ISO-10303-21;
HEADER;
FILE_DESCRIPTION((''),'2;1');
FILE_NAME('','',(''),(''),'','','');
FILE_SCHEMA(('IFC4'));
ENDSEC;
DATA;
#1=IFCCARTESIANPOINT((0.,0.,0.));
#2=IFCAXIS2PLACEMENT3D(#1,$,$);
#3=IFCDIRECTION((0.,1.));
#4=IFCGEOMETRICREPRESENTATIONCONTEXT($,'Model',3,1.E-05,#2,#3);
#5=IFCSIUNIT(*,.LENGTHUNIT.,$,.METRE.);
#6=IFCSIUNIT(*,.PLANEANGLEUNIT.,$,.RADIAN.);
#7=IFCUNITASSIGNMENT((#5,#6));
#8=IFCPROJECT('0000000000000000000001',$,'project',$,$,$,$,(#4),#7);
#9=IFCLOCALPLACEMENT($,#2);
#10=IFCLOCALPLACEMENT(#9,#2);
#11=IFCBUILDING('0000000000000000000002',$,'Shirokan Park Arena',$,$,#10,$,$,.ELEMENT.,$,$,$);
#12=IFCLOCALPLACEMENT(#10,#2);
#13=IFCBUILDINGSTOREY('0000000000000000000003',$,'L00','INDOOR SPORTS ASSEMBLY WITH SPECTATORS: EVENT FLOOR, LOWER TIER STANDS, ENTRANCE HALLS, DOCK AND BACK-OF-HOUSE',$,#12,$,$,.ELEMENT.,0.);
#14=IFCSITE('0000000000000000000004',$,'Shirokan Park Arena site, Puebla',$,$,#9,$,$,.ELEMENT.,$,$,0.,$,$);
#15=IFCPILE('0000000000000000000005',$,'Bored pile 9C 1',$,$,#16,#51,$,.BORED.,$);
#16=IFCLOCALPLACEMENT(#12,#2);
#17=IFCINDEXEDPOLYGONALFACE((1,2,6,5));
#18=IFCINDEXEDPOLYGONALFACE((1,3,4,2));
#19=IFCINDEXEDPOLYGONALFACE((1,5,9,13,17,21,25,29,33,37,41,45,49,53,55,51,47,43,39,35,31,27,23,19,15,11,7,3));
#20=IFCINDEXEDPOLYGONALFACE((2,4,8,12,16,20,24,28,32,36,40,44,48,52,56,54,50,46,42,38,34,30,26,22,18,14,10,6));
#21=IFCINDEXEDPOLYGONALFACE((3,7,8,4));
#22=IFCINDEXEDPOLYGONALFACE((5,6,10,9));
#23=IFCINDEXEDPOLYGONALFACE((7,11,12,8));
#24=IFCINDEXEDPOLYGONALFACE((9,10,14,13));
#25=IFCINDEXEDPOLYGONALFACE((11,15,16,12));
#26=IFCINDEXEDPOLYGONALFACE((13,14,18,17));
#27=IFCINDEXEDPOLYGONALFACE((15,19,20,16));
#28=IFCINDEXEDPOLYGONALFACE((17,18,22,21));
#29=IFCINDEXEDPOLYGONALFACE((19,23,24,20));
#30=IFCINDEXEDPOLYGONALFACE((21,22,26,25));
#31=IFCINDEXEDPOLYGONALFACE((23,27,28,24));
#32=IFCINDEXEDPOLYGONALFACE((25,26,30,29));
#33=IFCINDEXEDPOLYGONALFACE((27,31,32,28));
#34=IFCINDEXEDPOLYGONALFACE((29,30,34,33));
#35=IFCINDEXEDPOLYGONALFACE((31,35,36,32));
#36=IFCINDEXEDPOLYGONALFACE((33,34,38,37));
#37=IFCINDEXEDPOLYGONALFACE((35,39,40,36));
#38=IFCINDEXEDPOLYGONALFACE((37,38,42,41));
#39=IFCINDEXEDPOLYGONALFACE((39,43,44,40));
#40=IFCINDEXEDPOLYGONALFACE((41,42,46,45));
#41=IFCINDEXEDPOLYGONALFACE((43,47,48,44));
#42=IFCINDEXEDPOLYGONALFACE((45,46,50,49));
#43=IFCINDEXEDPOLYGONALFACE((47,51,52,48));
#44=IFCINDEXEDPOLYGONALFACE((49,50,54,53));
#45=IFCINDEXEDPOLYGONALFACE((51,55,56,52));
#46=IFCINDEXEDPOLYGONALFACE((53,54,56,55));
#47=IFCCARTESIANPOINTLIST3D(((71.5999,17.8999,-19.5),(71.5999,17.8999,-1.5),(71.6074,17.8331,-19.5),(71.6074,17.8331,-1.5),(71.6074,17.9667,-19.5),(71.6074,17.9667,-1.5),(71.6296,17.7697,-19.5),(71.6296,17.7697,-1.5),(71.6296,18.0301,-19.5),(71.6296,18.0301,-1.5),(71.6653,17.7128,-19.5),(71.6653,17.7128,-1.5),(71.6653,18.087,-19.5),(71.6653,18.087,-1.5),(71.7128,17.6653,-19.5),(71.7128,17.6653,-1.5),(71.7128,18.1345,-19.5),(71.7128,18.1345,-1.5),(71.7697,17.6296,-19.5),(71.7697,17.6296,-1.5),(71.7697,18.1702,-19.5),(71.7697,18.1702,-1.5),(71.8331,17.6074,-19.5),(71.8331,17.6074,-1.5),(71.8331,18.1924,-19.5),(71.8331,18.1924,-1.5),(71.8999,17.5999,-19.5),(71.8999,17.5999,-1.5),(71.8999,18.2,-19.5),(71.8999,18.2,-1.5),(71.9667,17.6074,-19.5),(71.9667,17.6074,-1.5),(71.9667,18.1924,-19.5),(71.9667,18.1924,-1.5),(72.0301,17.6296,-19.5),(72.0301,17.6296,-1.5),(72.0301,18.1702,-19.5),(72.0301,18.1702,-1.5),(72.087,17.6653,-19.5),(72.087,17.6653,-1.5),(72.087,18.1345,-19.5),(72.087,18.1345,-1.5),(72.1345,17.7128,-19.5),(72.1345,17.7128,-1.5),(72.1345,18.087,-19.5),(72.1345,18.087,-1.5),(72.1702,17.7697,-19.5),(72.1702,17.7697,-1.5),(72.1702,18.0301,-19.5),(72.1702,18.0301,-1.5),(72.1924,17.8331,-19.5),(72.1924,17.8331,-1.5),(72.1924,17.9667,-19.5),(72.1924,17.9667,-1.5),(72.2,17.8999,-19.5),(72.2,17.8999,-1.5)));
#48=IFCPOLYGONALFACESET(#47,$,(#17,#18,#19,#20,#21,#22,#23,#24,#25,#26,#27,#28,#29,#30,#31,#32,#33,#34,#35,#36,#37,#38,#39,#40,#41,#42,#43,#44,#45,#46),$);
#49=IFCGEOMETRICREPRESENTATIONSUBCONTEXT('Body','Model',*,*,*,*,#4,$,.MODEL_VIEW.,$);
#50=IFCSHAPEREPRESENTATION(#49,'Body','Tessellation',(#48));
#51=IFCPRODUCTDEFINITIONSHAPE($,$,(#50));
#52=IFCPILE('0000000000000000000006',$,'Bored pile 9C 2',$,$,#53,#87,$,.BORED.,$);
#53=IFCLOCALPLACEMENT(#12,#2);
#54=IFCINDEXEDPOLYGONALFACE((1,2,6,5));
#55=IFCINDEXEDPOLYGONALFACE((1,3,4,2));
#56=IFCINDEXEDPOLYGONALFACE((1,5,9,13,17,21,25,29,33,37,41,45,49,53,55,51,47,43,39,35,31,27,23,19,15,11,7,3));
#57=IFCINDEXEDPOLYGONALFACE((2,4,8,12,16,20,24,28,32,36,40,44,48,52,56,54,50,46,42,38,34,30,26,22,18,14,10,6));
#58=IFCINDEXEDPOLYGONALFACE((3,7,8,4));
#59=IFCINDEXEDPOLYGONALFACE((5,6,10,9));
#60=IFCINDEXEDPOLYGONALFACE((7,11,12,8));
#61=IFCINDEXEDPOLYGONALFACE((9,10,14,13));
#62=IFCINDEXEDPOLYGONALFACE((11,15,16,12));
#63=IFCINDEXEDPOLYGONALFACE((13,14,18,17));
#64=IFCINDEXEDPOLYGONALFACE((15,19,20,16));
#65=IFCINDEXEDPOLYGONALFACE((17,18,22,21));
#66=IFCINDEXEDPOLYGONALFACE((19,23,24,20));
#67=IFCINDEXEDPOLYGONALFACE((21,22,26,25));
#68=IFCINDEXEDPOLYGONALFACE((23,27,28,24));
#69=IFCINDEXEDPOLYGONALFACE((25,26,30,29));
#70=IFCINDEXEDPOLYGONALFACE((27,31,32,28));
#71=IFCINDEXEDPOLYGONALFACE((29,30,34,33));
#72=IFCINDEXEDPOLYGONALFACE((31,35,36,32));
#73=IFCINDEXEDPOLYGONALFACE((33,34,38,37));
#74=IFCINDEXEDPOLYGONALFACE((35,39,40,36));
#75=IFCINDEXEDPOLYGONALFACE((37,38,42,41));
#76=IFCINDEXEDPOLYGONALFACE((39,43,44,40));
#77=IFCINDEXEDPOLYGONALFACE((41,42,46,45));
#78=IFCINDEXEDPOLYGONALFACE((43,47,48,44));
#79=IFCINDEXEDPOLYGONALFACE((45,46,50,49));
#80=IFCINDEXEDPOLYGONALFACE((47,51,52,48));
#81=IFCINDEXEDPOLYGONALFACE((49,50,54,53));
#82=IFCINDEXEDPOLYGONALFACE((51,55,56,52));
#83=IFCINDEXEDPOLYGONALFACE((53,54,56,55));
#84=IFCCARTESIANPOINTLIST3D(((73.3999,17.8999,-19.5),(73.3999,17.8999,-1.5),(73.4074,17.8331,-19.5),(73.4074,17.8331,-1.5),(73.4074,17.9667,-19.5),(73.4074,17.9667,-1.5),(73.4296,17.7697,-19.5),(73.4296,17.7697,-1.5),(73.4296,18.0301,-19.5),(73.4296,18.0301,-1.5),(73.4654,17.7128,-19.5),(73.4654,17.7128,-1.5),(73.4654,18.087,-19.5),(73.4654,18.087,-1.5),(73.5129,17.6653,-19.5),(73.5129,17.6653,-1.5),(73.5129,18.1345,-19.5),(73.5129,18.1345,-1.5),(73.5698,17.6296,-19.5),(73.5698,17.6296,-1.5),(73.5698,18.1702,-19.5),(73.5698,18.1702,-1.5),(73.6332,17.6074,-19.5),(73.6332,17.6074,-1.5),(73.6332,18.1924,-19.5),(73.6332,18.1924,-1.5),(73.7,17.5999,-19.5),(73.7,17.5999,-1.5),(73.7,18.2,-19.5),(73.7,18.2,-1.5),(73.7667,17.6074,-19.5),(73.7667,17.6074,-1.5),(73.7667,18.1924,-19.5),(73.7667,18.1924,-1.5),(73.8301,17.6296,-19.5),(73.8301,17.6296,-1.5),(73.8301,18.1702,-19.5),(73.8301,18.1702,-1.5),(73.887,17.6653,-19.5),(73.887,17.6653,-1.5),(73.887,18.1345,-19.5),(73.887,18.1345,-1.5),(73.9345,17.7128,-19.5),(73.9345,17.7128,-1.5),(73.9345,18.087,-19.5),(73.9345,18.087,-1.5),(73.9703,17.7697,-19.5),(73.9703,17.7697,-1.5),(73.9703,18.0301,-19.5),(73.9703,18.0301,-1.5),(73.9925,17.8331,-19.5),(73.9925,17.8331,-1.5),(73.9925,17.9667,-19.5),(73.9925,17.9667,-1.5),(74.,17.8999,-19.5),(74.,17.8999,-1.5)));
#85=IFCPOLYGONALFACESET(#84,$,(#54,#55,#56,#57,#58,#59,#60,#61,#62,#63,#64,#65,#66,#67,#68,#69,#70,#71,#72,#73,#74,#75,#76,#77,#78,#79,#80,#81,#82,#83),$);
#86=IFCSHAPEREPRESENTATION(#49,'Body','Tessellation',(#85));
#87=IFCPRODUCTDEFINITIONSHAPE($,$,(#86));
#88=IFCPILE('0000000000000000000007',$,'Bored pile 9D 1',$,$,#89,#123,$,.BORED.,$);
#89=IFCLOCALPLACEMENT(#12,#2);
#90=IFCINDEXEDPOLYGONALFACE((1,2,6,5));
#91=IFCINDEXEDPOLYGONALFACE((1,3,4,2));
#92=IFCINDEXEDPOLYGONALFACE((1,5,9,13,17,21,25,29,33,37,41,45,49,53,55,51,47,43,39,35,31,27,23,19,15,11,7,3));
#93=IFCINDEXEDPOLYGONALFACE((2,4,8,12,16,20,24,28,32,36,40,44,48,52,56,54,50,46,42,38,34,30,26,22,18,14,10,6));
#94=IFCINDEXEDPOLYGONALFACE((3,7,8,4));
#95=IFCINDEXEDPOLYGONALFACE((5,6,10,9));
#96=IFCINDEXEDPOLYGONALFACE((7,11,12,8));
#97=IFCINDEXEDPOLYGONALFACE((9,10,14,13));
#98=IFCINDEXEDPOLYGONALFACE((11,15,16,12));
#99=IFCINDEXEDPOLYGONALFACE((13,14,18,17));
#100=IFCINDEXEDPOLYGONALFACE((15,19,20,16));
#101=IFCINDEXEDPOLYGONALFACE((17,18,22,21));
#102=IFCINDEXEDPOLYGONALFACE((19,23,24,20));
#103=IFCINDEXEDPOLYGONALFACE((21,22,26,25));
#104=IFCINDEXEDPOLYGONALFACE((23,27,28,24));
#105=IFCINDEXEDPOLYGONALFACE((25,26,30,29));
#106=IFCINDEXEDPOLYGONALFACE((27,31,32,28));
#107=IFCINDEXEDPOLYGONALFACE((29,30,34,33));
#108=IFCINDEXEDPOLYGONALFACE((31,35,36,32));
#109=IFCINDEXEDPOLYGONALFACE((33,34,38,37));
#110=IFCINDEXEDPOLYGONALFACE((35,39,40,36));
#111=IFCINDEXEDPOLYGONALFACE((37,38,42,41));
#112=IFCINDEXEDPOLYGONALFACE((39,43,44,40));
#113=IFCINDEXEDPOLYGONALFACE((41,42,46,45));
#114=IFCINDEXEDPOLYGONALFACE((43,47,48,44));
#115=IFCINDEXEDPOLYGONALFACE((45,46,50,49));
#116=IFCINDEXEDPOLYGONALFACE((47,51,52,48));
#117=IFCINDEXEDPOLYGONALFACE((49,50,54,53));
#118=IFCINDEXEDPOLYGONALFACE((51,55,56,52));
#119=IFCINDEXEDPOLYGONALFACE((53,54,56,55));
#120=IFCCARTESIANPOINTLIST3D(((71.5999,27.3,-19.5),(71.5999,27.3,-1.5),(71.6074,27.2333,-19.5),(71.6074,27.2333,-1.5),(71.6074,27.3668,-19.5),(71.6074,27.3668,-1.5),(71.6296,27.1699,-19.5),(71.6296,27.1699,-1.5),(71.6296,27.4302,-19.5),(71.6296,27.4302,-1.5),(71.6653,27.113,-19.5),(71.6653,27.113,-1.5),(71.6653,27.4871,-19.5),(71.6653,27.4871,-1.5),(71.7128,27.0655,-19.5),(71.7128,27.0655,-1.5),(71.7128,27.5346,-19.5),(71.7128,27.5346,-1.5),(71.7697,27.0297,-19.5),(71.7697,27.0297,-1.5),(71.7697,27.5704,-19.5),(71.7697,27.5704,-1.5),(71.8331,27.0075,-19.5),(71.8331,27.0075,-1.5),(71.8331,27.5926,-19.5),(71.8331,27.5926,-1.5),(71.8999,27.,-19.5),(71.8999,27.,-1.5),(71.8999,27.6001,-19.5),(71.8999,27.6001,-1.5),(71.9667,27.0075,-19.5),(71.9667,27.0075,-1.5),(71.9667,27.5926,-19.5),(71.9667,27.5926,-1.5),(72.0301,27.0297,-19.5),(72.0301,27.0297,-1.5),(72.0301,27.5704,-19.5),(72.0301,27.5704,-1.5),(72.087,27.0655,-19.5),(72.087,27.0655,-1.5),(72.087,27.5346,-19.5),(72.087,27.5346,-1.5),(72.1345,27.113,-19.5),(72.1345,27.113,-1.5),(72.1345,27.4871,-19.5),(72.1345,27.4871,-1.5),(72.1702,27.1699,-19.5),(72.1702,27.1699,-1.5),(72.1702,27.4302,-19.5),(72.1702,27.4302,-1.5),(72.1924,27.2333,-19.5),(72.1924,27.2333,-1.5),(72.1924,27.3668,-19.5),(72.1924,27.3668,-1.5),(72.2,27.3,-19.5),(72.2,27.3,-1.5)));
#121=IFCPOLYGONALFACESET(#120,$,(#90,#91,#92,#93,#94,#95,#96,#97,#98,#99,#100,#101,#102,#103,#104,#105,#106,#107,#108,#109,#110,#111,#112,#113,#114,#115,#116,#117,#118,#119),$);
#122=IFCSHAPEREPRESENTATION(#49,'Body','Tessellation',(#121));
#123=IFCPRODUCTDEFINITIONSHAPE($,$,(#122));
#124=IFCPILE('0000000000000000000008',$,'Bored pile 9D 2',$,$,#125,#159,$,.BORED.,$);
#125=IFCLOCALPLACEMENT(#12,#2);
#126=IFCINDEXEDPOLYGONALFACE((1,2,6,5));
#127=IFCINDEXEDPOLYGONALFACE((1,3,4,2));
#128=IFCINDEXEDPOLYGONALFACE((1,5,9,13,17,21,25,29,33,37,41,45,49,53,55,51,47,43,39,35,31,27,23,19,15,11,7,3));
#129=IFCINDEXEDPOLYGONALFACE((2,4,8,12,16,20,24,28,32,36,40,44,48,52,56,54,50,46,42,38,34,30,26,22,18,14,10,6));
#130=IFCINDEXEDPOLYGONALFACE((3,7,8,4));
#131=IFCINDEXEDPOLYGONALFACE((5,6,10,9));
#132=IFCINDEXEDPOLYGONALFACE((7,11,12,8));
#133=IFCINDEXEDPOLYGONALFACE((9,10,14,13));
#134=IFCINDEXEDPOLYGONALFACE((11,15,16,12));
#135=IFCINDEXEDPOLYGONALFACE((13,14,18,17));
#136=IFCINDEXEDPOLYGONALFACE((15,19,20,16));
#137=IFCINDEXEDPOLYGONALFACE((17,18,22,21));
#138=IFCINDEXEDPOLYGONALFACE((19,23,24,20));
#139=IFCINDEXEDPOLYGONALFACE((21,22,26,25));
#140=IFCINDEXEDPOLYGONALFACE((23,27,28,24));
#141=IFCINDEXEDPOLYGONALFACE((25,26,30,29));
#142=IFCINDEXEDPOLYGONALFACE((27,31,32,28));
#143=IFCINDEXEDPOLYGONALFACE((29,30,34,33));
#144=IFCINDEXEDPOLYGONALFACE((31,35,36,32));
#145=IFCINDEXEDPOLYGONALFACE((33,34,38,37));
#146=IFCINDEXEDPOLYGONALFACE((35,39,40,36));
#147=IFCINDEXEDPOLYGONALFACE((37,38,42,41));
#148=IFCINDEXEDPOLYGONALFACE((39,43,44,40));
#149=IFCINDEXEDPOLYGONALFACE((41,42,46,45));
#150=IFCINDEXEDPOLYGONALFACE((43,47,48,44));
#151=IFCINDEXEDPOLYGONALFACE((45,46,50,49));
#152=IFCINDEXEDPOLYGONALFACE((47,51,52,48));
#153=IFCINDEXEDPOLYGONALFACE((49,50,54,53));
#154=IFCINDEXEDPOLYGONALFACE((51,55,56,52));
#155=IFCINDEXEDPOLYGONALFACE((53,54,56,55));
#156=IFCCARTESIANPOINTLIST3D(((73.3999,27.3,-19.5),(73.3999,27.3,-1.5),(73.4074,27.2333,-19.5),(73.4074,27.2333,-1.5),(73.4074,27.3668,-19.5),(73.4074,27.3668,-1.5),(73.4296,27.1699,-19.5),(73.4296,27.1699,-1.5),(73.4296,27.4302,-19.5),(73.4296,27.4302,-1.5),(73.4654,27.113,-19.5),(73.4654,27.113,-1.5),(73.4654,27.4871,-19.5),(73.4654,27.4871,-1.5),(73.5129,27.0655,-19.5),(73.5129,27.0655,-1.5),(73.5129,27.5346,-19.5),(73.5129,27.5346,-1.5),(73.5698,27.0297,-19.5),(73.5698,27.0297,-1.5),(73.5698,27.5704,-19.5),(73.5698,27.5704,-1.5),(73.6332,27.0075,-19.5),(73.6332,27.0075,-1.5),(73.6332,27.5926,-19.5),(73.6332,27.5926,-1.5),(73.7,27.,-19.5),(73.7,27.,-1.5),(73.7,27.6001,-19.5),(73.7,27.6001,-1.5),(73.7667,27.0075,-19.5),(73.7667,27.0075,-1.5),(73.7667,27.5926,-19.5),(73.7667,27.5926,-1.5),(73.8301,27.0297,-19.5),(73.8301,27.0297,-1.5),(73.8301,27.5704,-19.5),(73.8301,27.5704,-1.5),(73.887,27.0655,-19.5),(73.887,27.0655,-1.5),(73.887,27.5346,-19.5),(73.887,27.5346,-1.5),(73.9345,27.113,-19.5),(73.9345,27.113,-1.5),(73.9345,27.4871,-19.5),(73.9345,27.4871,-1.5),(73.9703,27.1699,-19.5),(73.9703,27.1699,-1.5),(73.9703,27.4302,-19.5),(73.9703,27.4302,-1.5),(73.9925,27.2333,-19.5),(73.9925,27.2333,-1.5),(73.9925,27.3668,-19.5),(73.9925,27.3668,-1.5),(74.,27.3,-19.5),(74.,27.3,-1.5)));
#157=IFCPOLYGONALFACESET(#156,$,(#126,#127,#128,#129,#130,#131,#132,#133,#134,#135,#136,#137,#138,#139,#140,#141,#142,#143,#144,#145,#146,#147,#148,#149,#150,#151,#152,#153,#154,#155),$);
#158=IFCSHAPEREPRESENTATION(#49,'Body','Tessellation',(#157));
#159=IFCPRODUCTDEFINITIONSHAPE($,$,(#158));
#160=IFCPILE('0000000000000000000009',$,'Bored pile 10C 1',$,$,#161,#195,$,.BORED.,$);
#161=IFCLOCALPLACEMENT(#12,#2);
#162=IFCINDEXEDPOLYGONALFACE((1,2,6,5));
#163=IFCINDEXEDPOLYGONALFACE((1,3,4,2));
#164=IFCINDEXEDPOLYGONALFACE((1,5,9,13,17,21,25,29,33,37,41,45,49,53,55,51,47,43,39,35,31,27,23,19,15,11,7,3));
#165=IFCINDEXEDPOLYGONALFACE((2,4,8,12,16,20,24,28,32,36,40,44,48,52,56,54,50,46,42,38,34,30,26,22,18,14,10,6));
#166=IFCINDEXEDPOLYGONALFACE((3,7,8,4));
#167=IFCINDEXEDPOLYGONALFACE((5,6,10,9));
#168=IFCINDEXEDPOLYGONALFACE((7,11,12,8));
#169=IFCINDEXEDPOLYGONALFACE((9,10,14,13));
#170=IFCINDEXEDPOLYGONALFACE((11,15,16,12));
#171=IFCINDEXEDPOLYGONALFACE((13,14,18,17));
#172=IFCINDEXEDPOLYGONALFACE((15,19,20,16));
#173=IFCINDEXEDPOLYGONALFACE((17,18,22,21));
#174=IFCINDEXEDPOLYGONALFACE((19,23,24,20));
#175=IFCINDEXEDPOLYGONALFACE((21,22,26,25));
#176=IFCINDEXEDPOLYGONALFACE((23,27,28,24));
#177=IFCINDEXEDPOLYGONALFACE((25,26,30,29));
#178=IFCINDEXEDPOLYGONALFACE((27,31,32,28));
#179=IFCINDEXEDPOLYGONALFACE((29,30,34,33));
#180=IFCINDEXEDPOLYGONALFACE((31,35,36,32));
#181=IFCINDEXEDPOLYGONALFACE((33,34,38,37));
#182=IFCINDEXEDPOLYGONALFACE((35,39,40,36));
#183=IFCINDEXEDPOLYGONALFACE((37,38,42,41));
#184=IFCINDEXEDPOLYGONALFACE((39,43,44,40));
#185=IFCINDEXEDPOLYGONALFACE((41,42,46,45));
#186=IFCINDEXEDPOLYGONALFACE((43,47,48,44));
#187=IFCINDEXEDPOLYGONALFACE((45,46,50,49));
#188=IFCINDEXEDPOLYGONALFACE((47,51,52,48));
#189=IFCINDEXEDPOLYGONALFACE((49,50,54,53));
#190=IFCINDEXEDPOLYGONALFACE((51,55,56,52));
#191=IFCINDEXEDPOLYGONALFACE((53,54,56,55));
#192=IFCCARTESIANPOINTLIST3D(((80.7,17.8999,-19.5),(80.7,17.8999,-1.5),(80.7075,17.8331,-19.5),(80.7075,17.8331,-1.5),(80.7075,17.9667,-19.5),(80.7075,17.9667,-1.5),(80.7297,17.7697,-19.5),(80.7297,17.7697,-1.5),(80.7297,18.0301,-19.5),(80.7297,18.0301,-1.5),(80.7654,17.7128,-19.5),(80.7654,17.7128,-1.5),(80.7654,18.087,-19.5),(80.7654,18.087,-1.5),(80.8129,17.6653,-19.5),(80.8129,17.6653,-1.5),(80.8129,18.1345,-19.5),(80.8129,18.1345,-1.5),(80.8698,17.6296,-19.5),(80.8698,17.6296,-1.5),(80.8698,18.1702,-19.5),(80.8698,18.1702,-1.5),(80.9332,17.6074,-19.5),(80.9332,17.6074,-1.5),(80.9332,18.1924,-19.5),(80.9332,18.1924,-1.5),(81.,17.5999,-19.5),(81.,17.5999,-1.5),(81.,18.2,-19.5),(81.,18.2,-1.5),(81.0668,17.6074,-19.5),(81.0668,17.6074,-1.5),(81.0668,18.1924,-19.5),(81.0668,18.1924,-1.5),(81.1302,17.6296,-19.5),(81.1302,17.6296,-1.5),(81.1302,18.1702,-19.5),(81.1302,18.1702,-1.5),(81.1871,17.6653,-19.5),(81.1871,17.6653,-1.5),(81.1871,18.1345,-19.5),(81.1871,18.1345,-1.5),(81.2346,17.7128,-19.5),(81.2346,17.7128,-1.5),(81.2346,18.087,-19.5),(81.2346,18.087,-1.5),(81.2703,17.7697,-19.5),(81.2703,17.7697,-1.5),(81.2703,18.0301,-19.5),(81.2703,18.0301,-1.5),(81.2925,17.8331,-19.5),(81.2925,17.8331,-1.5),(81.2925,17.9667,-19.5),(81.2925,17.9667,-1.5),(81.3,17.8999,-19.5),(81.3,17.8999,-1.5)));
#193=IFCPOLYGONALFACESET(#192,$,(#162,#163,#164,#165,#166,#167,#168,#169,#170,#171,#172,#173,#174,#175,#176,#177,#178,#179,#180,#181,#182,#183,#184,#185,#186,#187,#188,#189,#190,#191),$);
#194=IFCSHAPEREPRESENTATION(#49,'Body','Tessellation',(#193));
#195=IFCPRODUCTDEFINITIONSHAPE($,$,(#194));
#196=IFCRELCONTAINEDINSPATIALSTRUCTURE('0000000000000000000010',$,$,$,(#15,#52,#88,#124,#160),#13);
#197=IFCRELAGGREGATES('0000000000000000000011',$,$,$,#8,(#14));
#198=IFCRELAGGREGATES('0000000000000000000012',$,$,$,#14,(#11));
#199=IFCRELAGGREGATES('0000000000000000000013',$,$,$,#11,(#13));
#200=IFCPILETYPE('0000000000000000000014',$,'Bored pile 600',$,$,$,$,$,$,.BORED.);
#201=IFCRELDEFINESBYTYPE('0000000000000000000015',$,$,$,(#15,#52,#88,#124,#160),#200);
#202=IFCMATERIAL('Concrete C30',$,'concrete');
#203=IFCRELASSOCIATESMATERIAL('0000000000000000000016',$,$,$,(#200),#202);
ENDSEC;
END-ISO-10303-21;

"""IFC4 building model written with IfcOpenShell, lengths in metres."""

from ifc_helpers import new_model, si_unit, direction, frame, origin, origin_2d, place, context, subcontext, project, spatial, circle, extrude, material, material_profile, profile_set, type_object, element, save


model = new_model("IFC4")

# Units and contexts
model_context = context("Model", 3, precision=1e-05, world=origin(), true_north=direction((0.0, 1.0)))
body_context = subcontext(model_context, "Body", "Model", "MODEL_VIEW")
ifc_project = project(units=[si_unit("LENGTHUNIT", "METRE"), si_unit("PLANEANGLEUNIT", "RADIAN")], contexts=[model_context])

# Site, building, storey
site_placement = place(None, origin())
site = spatial("IfcSite", under=ifc_project, at=site_placement, Name="Shirokan Park Arena site, Puebla", CompositionType="ELEMENT", RefElevation=0.0)
building_placement = place(site_placement, origin())
building = spatial("IfcBuilding", under=site, at=building_placement, Name="Shirokan Park Arena", CompositionType="ELEMENT")
storey_placement = place(building_placement, origin())
storey = spatial("IfcBuildingStorey", under=building, at=storey_placement, Name="L00", Description="INDOOR SPORTS ASSEMBLY WITH SPECTATORS: EVENT FLOOR, LOWER TIER STANDS, ENTRANCE HALLS, DOCK AND BACK-OF-HOUSE", CompositionType="ELEMENT", Elevation=0.0)

# Piles
ifc_material_1 = material(Name="Concrete C30", Category="concrete")
ifc_material_profile_1 = material_profile(ifc_material_1, circle(Radius=0.3, at=origin_2d()), Name="D600")
ifc_profile_set_1 = profile_set([ifc_material_profile_1], Name="Concrete C30")
pile_type_1 = type_object("IfcPileType", Name="Bored pile 600", PredefinedType="BORED", material=ifc_profile_set_1)
for number, where, z_axis, x_axis, name in (
    (1, (71.8999, 17.8999, -1.5), (0.0, 0.0, -1.0), (1.0, 0.0, 0.0), "Bored pile 9C 1"),
    (2, (73.7, 17.8999, -1.5), (0.0, 0.0, -1.0), (1.0, 0.0, 0.0), "Bored pile 9C 2"),
    (3, (71.8999, 27.3, -1.5), (0.0, 0.0, -1.0), (1.0, 0.0, 0.0), "Bored pile 9D 1"),
    (4, (73.7, 27.3, -1.5), (0.0, 0.0, -1.0), (1.0, 0.0, 0.0), "Bored pile 9D 2"),
    (5, (81.0, 17.8999, -1.5), (0.0, 0.0, -1.0), (1.0, 0.0, 0.0), "Bored pile 10C 1"),
):
    element("IfcPile", number, at=place(storey_placement, frame(where, z_axis=z_axis, x_axis=x_axis)), inside=storey, type_object=pile_type_1, Name=name, PredefinedType="BORED", context=body_context, shape_type="SweptSolid", body=[
        extrude(circle(Radius=0.3, at=origin_2d()), origin(), (0.0, 0.0, 1.0), 18.0),
    ])

save(model, "model.ifc")
